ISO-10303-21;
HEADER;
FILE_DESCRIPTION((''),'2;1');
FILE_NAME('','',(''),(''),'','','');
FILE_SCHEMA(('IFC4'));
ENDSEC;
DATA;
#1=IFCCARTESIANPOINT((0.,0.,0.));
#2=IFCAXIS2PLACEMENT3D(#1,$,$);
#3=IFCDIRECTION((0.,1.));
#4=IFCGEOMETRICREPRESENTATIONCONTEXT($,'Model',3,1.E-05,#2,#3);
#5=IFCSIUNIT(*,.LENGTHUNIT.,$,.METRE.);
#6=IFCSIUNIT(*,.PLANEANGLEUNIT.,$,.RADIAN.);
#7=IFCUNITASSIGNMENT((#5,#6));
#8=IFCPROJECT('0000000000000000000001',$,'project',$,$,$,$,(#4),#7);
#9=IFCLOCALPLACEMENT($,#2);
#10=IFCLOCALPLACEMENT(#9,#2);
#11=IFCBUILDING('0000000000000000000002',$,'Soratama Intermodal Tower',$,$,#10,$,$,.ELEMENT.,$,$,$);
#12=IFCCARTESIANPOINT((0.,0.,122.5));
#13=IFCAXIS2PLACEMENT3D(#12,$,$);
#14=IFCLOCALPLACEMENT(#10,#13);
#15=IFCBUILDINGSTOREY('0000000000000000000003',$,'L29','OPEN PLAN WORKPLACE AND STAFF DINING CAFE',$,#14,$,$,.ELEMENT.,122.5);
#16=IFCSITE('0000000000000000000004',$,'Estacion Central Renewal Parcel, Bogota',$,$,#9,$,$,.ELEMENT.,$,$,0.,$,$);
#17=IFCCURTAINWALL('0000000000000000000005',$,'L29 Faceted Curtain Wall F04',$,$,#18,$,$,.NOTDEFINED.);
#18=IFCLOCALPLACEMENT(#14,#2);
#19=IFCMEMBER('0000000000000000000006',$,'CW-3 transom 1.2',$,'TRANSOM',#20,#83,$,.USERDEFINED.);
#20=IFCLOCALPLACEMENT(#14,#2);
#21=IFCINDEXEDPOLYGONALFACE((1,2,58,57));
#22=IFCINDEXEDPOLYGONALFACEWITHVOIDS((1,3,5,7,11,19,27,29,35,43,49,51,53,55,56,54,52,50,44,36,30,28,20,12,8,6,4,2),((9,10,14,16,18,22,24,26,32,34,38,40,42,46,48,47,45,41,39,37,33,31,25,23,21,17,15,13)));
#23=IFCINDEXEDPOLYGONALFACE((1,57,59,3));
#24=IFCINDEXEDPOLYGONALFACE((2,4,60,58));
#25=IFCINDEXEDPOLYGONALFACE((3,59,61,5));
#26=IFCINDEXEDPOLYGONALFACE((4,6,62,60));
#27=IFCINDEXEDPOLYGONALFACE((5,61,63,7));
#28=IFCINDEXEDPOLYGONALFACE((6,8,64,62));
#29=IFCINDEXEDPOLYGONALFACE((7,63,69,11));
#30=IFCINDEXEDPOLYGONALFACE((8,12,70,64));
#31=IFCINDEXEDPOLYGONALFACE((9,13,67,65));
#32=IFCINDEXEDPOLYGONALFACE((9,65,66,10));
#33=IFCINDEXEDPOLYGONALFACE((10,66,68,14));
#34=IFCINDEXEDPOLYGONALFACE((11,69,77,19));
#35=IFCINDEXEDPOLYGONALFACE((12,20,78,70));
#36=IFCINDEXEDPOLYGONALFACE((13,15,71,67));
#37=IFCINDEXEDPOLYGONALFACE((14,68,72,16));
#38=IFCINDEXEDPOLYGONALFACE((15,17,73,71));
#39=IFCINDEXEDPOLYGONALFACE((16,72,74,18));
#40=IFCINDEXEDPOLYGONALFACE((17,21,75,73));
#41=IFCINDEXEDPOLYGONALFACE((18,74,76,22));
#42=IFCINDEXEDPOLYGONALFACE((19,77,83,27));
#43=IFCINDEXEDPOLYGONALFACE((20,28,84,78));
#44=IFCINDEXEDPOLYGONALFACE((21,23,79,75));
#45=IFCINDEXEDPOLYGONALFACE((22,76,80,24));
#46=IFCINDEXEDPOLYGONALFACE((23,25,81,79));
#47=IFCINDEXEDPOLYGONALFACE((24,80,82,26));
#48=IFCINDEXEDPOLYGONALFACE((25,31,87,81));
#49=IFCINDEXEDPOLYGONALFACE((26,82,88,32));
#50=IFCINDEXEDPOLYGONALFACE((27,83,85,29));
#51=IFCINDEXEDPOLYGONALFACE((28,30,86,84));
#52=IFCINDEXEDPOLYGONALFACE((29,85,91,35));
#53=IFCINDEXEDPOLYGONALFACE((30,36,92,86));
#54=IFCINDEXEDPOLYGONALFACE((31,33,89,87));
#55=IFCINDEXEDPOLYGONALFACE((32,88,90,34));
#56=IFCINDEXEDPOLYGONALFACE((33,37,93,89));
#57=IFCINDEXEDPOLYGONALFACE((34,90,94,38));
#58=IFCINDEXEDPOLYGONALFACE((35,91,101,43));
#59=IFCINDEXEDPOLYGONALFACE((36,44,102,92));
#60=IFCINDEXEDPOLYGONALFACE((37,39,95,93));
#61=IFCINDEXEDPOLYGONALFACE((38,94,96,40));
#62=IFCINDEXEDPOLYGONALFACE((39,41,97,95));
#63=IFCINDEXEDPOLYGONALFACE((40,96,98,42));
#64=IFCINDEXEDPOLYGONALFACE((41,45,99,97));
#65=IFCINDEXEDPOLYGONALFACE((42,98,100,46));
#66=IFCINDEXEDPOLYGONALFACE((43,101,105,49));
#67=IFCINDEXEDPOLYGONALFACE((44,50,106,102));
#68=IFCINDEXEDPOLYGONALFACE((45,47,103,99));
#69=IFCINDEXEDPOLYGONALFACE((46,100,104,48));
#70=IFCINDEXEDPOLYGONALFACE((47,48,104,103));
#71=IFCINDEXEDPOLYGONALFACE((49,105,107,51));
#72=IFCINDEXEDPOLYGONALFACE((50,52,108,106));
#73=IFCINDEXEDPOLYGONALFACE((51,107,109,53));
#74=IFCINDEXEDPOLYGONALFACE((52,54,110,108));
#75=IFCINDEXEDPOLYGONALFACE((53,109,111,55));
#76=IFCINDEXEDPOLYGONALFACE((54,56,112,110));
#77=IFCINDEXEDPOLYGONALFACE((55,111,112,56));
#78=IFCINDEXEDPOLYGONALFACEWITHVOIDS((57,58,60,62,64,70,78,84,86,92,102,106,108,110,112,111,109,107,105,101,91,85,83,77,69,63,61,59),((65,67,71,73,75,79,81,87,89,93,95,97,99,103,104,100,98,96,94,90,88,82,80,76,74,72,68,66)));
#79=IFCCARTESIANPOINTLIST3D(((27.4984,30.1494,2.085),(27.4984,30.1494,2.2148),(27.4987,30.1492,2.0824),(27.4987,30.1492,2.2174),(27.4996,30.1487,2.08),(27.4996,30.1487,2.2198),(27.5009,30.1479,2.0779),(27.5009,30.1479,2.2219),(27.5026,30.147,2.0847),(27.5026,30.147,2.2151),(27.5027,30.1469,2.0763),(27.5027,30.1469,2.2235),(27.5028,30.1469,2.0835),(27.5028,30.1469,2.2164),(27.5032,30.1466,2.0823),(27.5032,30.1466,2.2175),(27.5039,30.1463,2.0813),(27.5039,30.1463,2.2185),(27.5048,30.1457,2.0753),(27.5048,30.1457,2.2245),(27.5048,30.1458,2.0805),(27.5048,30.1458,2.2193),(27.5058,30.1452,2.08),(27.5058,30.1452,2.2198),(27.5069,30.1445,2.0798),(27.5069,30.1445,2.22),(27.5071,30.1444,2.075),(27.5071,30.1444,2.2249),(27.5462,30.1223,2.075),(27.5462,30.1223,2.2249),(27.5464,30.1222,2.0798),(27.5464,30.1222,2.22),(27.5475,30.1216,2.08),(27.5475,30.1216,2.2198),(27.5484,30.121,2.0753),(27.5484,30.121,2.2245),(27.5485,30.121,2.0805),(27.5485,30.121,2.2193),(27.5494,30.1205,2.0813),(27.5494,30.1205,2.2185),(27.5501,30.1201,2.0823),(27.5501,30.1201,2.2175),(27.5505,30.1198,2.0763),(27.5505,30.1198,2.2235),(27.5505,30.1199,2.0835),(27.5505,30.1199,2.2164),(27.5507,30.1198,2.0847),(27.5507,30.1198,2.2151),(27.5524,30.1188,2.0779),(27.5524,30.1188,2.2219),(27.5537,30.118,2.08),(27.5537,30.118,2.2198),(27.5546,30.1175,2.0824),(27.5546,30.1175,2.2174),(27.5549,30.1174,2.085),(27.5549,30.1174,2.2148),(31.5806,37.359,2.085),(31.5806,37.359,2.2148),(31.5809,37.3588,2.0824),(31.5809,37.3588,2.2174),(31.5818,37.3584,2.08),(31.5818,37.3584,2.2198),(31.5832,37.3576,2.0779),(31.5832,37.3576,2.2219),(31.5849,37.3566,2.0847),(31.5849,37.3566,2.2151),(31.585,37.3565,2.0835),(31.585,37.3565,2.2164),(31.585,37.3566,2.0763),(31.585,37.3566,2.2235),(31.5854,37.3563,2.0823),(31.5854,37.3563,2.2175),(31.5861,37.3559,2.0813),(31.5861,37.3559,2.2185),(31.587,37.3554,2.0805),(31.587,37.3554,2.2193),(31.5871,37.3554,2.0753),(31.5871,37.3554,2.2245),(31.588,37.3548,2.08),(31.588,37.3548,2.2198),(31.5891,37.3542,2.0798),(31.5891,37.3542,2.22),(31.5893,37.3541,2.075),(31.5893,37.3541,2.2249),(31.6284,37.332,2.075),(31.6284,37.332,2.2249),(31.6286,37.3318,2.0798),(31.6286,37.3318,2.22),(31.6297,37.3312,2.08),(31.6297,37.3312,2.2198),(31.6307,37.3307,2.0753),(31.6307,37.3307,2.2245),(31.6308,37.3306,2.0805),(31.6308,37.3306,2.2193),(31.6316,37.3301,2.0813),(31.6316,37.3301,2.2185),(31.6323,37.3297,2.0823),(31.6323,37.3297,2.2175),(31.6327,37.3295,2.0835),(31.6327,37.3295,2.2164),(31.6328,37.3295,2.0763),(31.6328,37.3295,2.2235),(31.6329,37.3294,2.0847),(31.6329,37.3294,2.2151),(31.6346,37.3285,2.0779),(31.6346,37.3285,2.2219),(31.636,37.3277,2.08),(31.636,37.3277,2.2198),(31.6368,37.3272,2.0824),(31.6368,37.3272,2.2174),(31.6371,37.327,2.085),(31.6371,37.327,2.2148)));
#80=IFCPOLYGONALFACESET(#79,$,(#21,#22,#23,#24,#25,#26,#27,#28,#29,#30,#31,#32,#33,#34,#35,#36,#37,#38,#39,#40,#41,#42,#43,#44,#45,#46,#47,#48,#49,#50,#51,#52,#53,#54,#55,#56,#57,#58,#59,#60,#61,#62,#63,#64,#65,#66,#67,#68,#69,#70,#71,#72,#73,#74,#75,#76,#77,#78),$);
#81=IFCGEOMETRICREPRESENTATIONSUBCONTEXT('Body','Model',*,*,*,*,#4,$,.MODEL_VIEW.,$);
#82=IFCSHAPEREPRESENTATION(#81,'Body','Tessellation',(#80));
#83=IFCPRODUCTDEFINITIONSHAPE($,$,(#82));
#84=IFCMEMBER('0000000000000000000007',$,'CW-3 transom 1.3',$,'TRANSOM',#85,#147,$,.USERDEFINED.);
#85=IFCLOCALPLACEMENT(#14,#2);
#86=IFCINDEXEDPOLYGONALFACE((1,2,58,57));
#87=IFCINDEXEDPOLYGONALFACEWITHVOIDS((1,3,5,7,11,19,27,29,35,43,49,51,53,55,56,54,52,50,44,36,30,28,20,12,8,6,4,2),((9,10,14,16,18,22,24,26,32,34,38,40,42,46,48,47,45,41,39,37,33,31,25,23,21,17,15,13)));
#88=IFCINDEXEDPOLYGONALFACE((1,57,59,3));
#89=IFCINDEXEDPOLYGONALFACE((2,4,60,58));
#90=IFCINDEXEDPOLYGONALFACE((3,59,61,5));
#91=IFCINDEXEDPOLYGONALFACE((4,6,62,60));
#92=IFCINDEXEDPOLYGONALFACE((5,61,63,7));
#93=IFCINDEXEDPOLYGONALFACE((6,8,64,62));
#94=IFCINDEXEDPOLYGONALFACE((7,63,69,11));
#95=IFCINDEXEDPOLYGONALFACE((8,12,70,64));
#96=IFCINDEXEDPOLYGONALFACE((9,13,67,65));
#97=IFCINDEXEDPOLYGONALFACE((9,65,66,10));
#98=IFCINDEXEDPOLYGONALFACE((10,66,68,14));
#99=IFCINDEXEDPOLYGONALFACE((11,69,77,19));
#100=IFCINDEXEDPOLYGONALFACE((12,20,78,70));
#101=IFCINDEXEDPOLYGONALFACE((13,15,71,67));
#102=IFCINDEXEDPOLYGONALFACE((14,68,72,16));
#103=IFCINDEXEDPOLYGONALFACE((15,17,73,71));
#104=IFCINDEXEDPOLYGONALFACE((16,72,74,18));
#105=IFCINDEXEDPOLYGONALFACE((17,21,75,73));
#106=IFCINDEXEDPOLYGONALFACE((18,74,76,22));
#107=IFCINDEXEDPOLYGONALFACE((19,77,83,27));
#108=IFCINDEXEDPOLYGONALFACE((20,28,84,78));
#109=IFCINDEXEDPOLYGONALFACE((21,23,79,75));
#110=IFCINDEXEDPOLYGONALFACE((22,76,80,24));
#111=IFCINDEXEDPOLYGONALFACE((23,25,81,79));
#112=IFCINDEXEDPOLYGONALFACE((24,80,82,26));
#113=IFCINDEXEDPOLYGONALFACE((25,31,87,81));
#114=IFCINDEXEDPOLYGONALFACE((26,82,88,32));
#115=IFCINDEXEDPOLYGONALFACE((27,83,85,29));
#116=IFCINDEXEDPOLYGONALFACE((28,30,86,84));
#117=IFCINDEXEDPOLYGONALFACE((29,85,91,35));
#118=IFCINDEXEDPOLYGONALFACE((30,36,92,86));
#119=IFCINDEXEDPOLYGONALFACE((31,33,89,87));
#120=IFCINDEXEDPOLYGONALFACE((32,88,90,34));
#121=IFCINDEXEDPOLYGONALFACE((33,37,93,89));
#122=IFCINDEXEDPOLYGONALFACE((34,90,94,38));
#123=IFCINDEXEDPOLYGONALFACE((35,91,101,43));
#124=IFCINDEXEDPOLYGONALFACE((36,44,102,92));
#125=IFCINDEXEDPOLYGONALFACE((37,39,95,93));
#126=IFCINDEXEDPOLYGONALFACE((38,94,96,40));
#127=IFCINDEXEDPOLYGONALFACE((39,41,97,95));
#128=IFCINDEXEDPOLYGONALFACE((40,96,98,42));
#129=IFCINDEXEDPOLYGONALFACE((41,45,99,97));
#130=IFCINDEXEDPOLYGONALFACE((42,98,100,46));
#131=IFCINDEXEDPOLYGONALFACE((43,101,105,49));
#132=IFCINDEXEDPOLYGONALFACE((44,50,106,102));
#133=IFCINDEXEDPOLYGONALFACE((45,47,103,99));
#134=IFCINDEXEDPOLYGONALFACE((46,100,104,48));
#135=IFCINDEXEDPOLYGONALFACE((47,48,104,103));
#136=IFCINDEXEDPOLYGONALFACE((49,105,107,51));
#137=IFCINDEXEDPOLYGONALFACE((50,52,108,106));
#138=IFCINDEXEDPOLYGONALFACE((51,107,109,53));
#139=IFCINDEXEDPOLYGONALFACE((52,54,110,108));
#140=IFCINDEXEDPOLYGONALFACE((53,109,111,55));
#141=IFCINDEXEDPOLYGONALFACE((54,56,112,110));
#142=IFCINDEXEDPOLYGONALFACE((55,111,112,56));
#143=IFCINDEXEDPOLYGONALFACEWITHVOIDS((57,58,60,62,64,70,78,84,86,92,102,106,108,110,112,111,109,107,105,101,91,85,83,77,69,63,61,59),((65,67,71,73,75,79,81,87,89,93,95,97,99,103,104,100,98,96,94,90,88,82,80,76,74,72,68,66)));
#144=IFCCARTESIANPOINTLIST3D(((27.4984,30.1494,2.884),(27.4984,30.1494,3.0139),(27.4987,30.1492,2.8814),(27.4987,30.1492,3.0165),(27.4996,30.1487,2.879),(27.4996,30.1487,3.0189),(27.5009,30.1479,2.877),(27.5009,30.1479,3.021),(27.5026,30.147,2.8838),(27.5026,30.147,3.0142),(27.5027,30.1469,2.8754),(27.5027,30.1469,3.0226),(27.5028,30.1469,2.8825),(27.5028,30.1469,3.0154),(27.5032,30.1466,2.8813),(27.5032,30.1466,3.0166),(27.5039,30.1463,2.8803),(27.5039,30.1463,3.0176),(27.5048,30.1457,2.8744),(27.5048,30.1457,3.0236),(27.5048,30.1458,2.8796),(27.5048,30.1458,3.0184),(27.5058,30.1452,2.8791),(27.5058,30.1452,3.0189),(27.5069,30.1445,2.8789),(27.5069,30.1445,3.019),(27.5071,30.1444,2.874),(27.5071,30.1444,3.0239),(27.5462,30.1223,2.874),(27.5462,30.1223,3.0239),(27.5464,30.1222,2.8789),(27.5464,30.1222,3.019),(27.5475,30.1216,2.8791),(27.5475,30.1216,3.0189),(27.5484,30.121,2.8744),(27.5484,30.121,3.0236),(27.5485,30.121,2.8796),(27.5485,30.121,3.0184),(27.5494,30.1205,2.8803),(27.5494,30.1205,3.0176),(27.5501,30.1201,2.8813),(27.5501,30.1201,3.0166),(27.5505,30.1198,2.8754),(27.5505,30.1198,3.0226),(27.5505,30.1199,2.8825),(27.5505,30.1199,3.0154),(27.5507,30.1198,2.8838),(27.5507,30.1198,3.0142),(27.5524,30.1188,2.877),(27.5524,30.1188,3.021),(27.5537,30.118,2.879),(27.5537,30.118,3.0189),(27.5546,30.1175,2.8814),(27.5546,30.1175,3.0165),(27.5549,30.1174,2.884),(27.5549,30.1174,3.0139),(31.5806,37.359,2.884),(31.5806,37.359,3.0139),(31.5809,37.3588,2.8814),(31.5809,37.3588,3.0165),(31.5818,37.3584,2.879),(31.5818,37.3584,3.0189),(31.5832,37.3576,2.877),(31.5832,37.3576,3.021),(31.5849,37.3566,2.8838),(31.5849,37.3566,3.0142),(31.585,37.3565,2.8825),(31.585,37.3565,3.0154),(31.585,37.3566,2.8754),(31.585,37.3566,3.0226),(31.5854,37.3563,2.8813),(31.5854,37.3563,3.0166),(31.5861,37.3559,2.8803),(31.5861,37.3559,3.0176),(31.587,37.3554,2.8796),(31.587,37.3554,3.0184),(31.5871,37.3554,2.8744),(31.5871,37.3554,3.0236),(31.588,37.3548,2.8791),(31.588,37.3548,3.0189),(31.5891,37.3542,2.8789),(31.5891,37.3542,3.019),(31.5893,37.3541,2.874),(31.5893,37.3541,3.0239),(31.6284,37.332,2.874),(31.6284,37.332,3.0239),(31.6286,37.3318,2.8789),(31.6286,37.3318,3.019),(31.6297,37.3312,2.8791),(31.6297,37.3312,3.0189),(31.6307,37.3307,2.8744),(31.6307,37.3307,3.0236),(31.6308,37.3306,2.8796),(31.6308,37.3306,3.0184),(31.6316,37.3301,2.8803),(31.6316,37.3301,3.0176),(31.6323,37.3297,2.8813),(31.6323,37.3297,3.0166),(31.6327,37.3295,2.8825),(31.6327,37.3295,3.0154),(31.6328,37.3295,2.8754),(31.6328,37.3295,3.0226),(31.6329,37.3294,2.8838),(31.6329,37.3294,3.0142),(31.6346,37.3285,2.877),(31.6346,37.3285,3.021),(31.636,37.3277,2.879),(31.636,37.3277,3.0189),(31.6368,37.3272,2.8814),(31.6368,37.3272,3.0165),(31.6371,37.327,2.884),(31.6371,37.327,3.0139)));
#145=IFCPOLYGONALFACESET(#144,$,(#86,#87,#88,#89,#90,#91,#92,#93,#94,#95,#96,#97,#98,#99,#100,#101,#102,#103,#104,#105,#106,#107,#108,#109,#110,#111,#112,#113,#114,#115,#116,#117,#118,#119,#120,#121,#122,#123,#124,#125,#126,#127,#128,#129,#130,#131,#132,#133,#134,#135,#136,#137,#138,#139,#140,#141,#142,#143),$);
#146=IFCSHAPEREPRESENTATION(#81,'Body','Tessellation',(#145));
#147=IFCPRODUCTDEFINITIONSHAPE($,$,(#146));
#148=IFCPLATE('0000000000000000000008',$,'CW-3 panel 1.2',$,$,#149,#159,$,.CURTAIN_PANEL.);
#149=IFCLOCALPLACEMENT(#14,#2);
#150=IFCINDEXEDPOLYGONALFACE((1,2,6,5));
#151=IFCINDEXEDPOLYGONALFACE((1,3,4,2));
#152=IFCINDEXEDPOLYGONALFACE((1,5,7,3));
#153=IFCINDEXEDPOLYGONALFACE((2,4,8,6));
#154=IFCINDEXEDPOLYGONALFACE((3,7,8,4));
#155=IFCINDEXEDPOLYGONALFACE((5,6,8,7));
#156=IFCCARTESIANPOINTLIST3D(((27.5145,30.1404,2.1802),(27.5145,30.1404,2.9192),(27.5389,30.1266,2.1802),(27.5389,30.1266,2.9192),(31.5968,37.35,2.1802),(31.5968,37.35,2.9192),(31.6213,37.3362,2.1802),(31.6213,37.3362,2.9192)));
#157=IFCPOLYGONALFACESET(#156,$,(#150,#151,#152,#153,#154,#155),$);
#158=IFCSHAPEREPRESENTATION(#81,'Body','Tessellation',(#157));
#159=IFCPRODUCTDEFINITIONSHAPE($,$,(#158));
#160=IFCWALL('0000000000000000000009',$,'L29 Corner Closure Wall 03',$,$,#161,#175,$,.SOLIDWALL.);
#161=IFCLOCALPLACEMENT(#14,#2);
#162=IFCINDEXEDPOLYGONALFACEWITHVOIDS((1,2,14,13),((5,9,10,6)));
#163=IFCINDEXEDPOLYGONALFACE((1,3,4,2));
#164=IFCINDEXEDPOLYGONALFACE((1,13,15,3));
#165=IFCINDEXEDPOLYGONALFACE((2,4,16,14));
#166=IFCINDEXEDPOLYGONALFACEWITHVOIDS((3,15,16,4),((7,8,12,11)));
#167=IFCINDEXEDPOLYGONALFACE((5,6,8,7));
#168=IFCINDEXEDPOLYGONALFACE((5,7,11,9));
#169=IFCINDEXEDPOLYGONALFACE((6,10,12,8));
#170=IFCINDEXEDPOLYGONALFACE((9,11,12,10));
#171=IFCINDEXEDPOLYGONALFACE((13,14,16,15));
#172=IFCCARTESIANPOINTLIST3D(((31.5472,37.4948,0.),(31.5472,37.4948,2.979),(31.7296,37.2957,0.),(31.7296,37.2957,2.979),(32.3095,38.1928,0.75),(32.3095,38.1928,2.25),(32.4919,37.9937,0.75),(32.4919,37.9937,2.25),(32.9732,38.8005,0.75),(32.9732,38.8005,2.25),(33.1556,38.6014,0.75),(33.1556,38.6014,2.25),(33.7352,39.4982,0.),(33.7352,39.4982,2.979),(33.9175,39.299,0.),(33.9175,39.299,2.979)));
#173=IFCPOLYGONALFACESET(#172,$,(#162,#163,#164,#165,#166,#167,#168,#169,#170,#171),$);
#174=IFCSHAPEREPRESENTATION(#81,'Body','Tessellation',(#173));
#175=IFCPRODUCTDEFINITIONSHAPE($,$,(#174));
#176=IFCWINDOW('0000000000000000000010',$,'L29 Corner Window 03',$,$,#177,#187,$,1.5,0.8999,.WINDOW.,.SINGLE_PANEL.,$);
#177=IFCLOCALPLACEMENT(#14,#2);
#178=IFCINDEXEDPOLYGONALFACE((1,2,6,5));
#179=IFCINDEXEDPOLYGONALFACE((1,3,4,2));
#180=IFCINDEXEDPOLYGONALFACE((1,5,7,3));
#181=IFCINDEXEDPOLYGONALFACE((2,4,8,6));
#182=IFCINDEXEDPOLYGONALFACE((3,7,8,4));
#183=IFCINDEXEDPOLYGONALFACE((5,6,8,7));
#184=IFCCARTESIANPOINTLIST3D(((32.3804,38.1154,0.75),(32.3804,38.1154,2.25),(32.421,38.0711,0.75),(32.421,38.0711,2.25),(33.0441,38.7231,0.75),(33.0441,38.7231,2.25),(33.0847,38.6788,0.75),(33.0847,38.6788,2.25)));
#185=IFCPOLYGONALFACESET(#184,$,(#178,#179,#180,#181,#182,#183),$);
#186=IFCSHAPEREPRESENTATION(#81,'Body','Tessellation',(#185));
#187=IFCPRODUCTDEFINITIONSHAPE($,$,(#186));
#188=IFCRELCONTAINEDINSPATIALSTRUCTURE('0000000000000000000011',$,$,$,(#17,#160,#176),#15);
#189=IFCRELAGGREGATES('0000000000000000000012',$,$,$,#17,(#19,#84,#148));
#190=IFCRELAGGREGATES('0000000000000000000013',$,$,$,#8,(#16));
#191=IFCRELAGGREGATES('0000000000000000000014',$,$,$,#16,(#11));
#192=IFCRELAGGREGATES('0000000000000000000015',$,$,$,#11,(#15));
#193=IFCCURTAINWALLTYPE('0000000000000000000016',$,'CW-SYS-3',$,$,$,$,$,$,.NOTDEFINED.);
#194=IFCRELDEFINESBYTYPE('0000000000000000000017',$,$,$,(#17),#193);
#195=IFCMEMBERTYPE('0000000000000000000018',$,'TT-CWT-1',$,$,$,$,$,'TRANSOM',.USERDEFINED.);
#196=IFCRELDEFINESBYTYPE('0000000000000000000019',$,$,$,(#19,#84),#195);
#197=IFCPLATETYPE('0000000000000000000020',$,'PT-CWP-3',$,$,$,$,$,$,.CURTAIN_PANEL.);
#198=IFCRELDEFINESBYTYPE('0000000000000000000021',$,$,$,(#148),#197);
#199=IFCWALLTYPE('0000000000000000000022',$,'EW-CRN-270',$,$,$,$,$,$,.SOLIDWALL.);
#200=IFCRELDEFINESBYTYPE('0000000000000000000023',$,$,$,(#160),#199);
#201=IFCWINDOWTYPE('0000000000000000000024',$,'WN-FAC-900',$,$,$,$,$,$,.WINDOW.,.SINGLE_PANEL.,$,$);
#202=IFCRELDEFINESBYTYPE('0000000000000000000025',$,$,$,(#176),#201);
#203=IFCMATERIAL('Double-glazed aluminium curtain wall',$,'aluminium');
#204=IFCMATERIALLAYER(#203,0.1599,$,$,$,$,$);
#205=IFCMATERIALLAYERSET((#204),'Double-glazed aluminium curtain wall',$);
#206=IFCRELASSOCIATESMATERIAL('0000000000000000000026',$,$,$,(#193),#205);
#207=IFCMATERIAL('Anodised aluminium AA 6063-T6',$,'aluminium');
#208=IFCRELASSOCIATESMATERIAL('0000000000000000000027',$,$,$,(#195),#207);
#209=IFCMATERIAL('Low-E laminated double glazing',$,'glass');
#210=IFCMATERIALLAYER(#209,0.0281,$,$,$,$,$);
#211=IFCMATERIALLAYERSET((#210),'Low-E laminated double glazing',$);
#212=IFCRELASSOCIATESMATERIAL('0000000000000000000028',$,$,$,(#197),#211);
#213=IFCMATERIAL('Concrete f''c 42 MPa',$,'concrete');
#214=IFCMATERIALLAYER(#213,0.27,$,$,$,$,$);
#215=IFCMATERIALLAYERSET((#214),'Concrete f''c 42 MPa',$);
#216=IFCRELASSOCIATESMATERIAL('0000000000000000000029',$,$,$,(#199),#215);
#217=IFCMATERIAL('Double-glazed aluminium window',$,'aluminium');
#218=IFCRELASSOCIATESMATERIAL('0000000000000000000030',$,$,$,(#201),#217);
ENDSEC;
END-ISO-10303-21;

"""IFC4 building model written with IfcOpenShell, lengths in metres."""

from ifc_helpers import new_model, si_unit, direction, frame, frame_2d, origin, origin_2d, place, context, subcontext, project, spatial, rectangle, hollow_rectangle, extrude, material, layer, layer_set, material_profile, profile_set, type_object, element, fill, aggregate, save


model = new_model("IFC4")

# Units and contexts
model_context = context("Model", 3, precision=1e-05, world=origin(), true_north=direction((0.0, 1.0)))
body_context = subcontext(model_context, "Body", "Model", "MODEL_VIEW")
ifc_project = project(units=[si_unit("LENGTHUNIT", "METRE"), si_unit("PLANEANGLEUNIT", "RADIAN")], contexts=[model_context])

# Site, building, storey
site_placement = place(None, origin())
site = spatial("IfcSite", under=ifc_project, at=site_placement, Name="Estacion Central Renewal Parcel, Bogota", CompositionType="ELEMENT", RefElevation=0.0)
building_placement = place(site_placement, origin())
building = spatial("IfcBuilding", under=site, at=building_placement, Name="Soratama Intermodal Tower", CompositionType="ELEMENT")
storey_placement = place(building_placement, frame((0.0, 0.0, 122.5)))
storey = spatial("IfcBuildingStorey", under=building, at=storey_placement, Name="L29", Description="OPEN PLAN WORKPLACE AND STAFF DINING CAFE", CompositionType="ELEMENT", Elevation=122.5)

# Shared definitions
ifc_material_1 = material(Name="Double-glazed aluminium curtain wall", Category="aluminium")
ifc_layer_1 = layer(ifc_material_1, 0.1599)
ifc_layer_set_1 = layer_set([ifc_layer_1], Name="Double-glazed aluminium curtain wall")
curtain_wall_type = type_object("IfcCurtainWallType", Name="CW-SYS-3", PredefinedType="NOTDEFINED", material=ifc_layer_set_1)

# Curtain wall, members, plate
curtain_wall_1_placement = place(storey_placement, origin())
curtain_wall_1 = element("IfcCurtainWall", 1, at=curtain_wall_1_placement, inside=storey, type_object=curtain_wall_type, Name="L29 Faceted Curtain Wall F04", PredefinedType="NOTDEFINED")
ifc_material_2 = material(Name="Anodised aluminium AA 6063-T6", Category="aluminium")
ifc_material_profile_1 = material_profile(ifc_material_2, hollow_rectangle(XDim=0.0649, YDim=0.1499, WallThickness=0.0049, InnerFilletRadius=0.0049, OuterFilletRadius=0.01, at=origin_2d()), Name="CWT150X65X5")
ifc_profile_set_1 = profile_set([ifc_material_profile_1], Name="Anodised aluminium AA 6063-T6")
member_type_1 = type_object("IfcMemberType", Name="TT-CWT-1", ElementType="TRANSOM", PredefinedType="USERDEFINED", material=ifc_profile_set_1)
member_1_placement = place(storey_placement, frame((31.6089, 37.343, 2.1499), z_axis=(-0.492717, -0.870189, 0.0), x_axis=(0.870189, -0.492717, 0.0)))
member_1 = element("IfcMember", 2, at=member_1_placement, type_object=member_type_1, Name="CW-3 transom 1.2", ObjectType="TRANSOM", PredefinedType="USERDEFINED", context=body_context, shape_type="SweptSolid", body=[
    extrude(hollow_rectangle(XDim=0.0649, YDim=0.1499, WallThickness=0.0049, InnerFilletRadius=0.0049, OuterFilletRadius=0.01, at=origin_2d()), origin(), (0.0, 0.0, 1.0), 8.2852),
])
member_2_placement = place(storey_placement, frame((31.6089, 37.343, 2.949), z_axis=(-0.492717, -0.870189, 0.0), x_axis=(0.870189, -0.492717, 0.0)))
member_2 = element("IfcMember", 3, at=member_2_placement, type_object=member_type_1, Name="CW-3 transom 1.3", ObjectType="TRANSOM", PredefinedType="USERDEFINED", context=body_context, shape_type="SweptSolid", body=[
    extrude(hollow_rectangle(XDim=0.0649, YDim=0.1499, WallThickness=0.0049, InnerFilletRadius=0.0049, OuterFilletRadius=0.01, at=origin_2d()), origin(), (0.0, 0.0, 1.0), 8.2852),
])
ifc_material_3 = material(Name="Low-E laminated double glazing", Category="glass")
ifc_layer_2 = layer(ifc_material_3, 0.0281)
ifc_layer_set_2 = layer_set([ifc_layer_2], Name="Low-E laminated double glazing")
plate_type = type_object("IfcPlateType", Name="PT-CWP-3", PredefinedType="CURTAIN_PANEL", material=ifc_layer_set_2)
plate_placement = place(storey_placement, frame((29.5679, 33.7383, 2.1802), z_axis=(0.0, 0.0, 1.0), x_axis=(-0.492728, -0.870183, 0.0)))
plate = element("IfcPlate", 4, at=plate_placement, type_object=plate_type, Name="CW-3 panel 1.2", PredefinedType="CURTAIN_PANEL", context=body_context, shape_type="SweptSolid", body=[
    extrude(rectangle(XDim=8.2852, YDim=0.0281, at=origin_2d()), origin(), (0.0, 0.0, 1.0), 0.739),
])
aggregate(curtain_wall_1, [member_1, member_2, plate])

# Wall, opening, window
ifc_material_4 = material(Name="Concrete f'c 42 MPa", Category="concrete")
ifc_layer_3 = layer(ifc_material_4, 0.27)
ifc_layer_set_3 = layer_set([ifc_layer_3], Name="Concrete f'c 42 MPa")
wall_type_1 = type_object("IfcWallType", Name="EW-CRN-270", PredefinedType="SOLIDWALL", material=ifc_layer_set_3)
wall_1_placement = place(storey_placement, frame((33.8264, 39.3987, 0.0), z_axis=(0.0, 0.0, 1.0), x_axis=(-0.73753, -0.675315, 0.0)))
wall_1 = element("IfcWall", 5, at=wall_1_placement, inside=storey, type_object=wall_type_1, Name="L29 Corner Closure Wall 03", PredefinedType="SOLIDWALL", context=body_context, shape_type="SweptSolid", body=[
    extrude(rectangle(XDim=2.9666, YDim=0.27, at=frame_2d((1.4834, 0.0))), origin(), (0.0, 0.0, 1.0), 2.979),
])
opening_1_placement = place(wall_1_placement, frame((1.0332, 0.0, 0.75)))
opening_1 = element("IfcOpeningElement", 6, at=opening_1_placement, cuts=wall_1, PredefinedType="OPENING", context=body_context, shape_type="SweptSolid", body=[
    extrude(rectangle(XDim=0.8999, YDim=1.5, at=frame_2d((0.45, 0.75))), frame((0.0, 0.145, 0.0), z_axis=(0.0, -1.0, 0.0), x_axis=(1.0, 0.0, 0.0)), (0.0, 0.0, 1.0), 0.29),
])
ifc_material_5 = material(Name="Double-glazed aluminium window", Category="aluminium")
window_type = type_object("IfcWindowType", Name="WN-FAC-900", PartitioningType="SINGLE_PANEL", PredefinedType="WINDOW", material=ifc_material_5)
window_placement = place(opening_1_placement, origin())
window = element("IfcWindow", 7, at=window_placement, inside=storey, type_object=window_type, Name="L29 Corner Window 03", OverallHeight=1.5, OverallWidth=0.8999, PartitioningType="SINGLE_PANEL", PredefinedType="WINDOW", context=body_context, shape_type="SweptSolid", body=[
    extrude(rectangle(XDim=0.8999, YDim=1.5, at=frame_2d((0.45, 0.75))), frame((0.0, 0.03, 0.0), z_axis=(0.0, -1.0, 0.0), x_axis=(1.0, 0.0, 0.0)), (0.0, 0.0, 1.0), 0.0601),
])
fill(opening_1, window)

save(model, "model.ifc")
